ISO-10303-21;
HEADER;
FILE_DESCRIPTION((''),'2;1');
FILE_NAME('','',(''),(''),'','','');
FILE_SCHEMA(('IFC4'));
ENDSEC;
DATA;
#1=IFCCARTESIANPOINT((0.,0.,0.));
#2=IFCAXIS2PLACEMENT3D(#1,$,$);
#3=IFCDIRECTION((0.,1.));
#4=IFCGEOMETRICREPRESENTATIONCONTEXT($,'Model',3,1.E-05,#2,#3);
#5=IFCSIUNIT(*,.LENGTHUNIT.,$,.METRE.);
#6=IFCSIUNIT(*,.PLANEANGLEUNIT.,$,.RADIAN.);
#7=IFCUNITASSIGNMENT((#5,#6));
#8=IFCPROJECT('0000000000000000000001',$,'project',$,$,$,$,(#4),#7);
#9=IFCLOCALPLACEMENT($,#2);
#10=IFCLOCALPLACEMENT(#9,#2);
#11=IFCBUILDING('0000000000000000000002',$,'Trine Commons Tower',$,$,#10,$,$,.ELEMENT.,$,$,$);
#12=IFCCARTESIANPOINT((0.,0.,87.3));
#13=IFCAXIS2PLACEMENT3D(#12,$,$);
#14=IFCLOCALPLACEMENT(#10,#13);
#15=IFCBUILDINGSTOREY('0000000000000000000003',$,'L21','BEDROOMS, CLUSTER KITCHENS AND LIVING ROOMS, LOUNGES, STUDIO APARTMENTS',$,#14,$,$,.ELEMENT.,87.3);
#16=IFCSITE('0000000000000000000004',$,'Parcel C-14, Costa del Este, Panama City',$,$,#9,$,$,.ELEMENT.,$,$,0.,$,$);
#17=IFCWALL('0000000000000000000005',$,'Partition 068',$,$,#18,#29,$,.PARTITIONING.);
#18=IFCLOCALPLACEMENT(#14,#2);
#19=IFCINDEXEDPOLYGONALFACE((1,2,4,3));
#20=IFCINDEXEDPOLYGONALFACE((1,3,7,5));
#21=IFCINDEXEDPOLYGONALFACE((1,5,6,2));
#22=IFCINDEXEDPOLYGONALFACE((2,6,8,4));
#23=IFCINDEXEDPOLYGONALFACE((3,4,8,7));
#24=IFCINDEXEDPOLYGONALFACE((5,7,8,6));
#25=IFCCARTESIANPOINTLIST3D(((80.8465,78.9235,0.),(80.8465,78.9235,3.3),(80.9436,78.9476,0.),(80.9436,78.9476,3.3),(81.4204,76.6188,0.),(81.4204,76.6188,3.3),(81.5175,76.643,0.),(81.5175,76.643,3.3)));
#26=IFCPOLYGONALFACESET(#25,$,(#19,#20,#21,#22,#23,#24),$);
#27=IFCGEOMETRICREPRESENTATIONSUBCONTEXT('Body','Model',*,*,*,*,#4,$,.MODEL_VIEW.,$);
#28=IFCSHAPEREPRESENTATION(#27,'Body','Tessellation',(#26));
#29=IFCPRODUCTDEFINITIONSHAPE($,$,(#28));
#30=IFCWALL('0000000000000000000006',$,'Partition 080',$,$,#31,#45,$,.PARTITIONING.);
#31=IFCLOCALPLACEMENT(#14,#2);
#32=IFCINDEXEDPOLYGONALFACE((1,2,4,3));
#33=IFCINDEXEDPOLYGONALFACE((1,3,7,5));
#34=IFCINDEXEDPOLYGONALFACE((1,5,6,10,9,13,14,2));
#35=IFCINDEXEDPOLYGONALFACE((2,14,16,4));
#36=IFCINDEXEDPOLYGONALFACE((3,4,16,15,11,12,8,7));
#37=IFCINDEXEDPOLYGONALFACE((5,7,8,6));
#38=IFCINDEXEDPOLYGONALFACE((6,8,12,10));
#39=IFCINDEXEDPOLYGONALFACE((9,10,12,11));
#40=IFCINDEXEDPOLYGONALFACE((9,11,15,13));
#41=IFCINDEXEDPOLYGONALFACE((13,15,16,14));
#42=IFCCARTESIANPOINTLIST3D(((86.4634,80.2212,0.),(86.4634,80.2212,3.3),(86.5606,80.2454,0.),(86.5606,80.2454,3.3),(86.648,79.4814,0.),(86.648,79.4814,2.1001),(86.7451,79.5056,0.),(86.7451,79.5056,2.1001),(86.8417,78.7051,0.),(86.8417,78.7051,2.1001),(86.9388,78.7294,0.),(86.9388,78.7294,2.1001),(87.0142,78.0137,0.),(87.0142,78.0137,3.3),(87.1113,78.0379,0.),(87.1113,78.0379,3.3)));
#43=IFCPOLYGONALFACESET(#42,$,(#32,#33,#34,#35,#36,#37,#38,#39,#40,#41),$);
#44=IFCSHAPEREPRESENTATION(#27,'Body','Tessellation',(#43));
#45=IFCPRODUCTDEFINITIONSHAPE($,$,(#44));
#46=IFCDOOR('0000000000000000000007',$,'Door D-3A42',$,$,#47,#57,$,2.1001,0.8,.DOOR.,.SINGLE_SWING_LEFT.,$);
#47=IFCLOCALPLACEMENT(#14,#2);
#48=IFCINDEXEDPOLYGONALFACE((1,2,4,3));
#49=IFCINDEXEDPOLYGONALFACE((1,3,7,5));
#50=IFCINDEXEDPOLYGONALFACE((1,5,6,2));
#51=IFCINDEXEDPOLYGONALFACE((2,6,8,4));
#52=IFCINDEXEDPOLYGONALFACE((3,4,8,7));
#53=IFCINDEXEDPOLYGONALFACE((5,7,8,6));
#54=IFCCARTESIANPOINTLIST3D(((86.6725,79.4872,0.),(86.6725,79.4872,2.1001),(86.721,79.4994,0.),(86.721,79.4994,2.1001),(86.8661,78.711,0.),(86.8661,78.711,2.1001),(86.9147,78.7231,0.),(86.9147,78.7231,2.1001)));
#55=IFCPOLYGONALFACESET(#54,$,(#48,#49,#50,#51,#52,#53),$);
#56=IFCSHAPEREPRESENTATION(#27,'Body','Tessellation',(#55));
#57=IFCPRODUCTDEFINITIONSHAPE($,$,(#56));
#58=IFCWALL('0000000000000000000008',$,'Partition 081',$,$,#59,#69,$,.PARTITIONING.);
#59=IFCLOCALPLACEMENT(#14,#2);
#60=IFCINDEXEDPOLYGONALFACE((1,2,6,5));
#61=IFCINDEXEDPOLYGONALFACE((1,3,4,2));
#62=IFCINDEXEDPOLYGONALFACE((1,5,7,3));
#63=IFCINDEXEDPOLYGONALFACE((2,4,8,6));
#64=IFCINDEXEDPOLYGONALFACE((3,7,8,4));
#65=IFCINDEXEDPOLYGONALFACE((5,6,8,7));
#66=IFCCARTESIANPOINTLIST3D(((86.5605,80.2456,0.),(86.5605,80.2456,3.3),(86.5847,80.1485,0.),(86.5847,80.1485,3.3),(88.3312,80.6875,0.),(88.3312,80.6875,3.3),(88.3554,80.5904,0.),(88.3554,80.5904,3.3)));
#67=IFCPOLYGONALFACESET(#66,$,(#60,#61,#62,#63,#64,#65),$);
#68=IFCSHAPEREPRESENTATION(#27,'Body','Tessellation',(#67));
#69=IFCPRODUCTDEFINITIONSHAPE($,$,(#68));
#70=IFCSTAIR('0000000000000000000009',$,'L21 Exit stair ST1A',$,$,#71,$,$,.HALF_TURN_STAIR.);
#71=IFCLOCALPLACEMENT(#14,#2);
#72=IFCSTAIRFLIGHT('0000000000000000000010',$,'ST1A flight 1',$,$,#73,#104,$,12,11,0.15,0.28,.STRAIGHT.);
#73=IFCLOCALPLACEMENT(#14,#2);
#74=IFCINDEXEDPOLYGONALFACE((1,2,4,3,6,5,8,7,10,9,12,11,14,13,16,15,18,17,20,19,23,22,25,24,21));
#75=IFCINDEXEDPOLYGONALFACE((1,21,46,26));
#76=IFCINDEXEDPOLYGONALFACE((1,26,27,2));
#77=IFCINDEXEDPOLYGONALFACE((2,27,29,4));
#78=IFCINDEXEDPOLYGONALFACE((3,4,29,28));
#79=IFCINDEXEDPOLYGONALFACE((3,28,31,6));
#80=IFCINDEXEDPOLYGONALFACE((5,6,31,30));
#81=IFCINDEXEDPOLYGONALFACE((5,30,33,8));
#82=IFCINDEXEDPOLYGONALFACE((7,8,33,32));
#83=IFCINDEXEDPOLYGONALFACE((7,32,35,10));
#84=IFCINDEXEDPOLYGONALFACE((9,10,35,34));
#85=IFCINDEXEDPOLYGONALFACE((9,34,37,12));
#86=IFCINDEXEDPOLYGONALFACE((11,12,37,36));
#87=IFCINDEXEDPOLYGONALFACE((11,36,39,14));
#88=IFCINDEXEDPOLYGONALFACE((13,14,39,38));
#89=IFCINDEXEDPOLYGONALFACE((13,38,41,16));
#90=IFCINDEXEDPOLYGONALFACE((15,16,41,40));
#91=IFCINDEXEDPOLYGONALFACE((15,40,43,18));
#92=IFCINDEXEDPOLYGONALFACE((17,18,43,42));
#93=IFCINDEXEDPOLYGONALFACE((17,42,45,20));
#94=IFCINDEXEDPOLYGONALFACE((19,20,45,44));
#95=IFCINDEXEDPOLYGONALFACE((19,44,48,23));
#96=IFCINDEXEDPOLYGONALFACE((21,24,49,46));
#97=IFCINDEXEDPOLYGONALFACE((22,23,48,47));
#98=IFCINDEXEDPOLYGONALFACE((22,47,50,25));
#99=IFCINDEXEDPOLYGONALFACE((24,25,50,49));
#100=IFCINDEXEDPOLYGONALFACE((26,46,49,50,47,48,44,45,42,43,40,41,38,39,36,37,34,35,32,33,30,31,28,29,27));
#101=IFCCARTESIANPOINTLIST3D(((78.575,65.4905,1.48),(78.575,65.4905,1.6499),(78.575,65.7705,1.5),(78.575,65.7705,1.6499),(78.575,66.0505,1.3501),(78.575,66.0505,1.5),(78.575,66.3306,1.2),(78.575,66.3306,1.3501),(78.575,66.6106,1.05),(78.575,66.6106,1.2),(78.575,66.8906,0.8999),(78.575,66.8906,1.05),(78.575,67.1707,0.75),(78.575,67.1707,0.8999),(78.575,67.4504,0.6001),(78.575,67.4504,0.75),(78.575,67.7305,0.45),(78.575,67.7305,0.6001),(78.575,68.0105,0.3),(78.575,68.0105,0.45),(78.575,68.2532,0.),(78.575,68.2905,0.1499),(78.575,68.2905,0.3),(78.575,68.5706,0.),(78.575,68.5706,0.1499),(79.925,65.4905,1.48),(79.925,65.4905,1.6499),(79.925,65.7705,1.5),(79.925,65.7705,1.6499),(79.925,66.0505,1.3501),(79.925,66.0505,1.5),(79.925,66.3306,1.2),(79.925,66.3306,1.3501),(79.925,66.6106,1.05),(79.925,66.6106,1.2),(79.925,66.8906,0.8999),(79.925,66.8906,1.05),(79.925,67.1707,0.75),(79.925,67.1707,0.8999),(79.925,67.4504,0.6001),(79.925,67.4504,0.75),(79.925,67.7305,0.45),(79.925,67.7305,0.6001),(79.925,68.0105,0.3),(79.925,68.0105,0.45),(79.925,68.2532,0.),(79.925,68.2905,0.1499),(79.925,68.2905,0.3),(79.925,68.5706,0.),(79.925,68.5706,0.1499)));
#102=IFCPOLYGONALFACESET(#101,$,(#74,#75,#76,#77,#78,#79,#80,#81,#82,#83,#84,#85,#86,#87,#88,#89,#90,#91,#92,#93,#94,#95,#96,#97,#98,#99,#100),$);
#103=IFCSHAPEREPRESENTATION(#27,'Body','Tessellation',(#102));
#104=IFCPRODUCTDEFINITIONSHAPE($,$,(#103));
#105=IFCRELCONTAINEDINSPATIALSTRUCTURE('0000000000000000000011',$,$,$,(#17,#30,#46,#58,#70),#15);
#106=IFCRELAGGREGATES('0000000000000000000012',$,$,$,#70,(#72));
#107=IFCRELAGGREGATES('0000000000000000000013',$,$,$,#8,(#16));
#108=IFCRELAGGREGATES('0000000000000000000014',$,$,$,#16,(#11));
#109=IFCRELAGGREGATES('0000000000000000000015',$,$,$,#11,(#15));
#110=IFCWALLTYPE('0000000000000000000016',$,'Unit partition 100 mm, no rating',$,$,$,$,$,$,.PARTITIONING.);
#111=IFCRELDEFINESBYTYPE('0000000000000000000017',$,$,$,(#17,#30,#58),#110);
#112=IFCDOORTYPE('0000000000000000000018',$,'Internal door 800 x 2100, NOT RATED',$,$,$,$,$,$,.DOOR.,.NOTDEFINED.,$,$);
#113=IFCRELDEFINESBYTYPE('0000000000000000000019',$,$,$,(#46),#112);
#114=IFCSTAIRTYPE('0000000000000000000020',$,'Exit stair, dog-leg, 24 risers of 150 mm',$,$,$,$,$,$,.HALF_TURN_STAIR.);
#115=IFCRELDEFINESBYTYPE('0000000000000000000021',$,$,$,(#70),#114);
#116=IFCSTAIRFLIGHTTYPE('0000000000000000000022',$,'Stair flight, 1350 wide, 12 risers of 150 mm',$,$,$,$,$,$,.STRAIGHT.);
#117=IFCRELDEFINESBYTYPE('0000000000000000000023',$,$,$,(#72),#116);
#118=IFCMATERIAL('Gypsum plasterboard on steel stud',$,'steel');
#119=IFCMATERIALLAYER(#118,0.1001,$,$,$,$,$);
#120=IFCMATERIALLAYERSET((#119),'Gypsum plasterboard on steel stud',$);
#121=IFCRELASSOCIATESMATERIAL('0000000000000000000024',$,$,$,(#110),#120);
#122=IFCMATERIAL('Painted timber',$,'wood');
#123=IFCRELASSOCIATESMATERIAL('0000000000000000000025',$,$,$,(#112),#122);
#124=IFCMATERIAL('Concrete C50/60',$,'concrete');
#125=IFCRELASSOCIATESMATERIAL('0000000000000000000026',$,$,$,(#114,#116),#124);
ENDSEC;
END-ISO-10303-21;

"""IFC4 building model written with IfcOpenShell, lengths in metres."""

from ifc_helpers import new_model, si_unit, direction, frame, frame_2d, origin, place, context, subcontext, project, spatial, polyline, rectangle, outline, extrude, material, layer, layer_set, type_object, element, fill, aggregate, save


model = new_model("IFC4")

# Units and contexts
model_context = context("Model", 3, precision=1e-05, world=origin(), true_north=direction((0.0, 1.0)))
body_context = subcontext(model_context, "Body", "Model", "MODEL_VIEW")
ifc_project = project(units=[si_unit("LENGTHUNIT", "METRE"), si_unit("PLANEANGLEUNIT", "RADIAN")], contexts=[model_context])

# Site, building, storey
site_placement = place(None, origin())
site = spatial("IfcSite", under=ifc_project, at=site_placement, Name="Parcel C-14, Costa del Este, Panama City", CompositionType="ELEMENT", RefElevation=0.0)
building_placement = place(site_placement, origin())
building = spatial("IfcBuilding", under=site, at=building_placement, Name="Trine Commons Tower", CompositionType="ELEMENT")
storey_placement = place(building_placement, frame((0.0, 0.0, 87.3)))
storey = spatial("IfcBuildingStorey", under=building, at=storey_placement, Name="L21", Description="BEDROOMS, CLUSTER KITCHENS AND LIVING ROOMS, LOUNGES, STUDIO APARTMENTS", CompositionType="ELEMENT", Elevation=87.3)

# Shared definitions
ifc_material_1 = material(Name="Gypsum plasterboard on steel stud", Category="steel")

# Shared definitions
ifc_layer_1 = layer(ifc_material_1, 0.1001)
ifc_layer_set_1 = layer_set([ifc_layer_1], Name="Gypsum plasterboard on steel stud")
wall_type_1 = type_object("IfcWallType", Name="Unit partition 100 mm, no rating", PredefinedType="PARTITIONING", material=ifc_layer_set_1)
ifc_material_2 = material(Name="Painted timber", Category="wood")

# Wall
wall_1_placement = place(storey_placement, frame((80.895, 78.9355, 0.0), z_axis=(0.0, 0.0, 1.0), x_axis=(0.241665, -0.97036, 0.0)))
element("IfcWall", 1, at=wall_1_placement, inside=storey, type_object=wall_type_1, Name="Partition 068", PredefinedType="PARTITIONING", context=body_context, shape_type="SweptSolid", body=[
    extrude(rectangle(XDim=2.375, YDim=0.1001, at=frame_2d((1.1875, 0.0))), origin(), (0.0, 0.0, 1.0), 3.3),
])

# Wall, opening, door
wall_2_placement = place(storey_placement, frame((86.512, 80.2334, 0.0), z_axis=(0.0, 0.0, 1.0), x_axis=(0.242081, -0.970256, 0.0)))
wall_2 = element("IfcWall", 2, at=wall_2_placement, inside=storey, type_object=wall_type_1, Name="Partition 080", PredefinedType="PARTITIONING", context=body_context, shape_type="SweptSolid", body=[
    extrude(rectangle(XDim=2.2751, YDim=0.1001, at=frame_2d((1.1377, 0.0))), origin(), (0.0, 0.0, 1.0), 3.3),
])
opening_1_placement = place(wall_2_placement, frame((0.7627, 0.0, 0.0)))
opening_1 = element("IfcOpeningElement", 3, at=opening_1_placement, cuts=wall_2, PredefinedType="OPENING", context=body_context, shape_type="SweptSolid", body=[
    extrude(rectangle(XDim=0.8, YDim=2.1001, at=frame_2d((0.3999, 1.05))), frame((0.0, 0.0601, 0.0), z_axis=(0.0, -1.0, 0.0), x_axis=(1.0, 0.0, 0.0)), (0.0, 0.0, 1.0), 0.1201),
])
door_type_1 = type_object("IfcDoorType", Name="Internal door 800 x 2100, NOT RATED", OperationType="NOTDEFINED", PredefinedType="DOOR", material=ifc_material_2)
door_1_placement = place(opening_1_placement, frame((0.8, 0.0, 0.0), z_axis=(0.0, 0.0, 1.0), x_axis=(-1.0, 0.0, 0.0)))
door_1 = element("IfcDoor", 4, at=door_1_placement, inside=storey, type_object=door_type_1, Name="Door D-3A42", OperationType="SINGLE_SWING_LEFT", OverallHeight=2.1001, OverallWidth=0.8, PredefinedType="DOOR", context=body_context, shape_type="SweptSolid", body=[
    extrude(rectangle(XDim=0.8, YDim=2.1001, at=frame_2d((0.3999, 1.05))), frame((0.0, 0.0249, 0.0), z_axis=(0.0, -1.0, 0.0), x_axis=(1.0, 0.0, 0.0)), (0.0, 0.0, 1.0), 0.05),
])
fill(opening_1, door_1)

# Wall
wall_3_placement = place(storey_placement, frame((86.5725, 80.197, 0.0), z_axis=(0.0, 0.0, 1.0), x_axis=(0.970245, 0.242126, 0.0)))
element("IfcWall", 5, at=wall_3_placement, inside=storey, type_object=wall_type_1, Name="Partition 081", PredefinedType="PARTITIONING", context=body_context, shape_type="SweptSolid", body=[
    extrude(rectangle(XDim=1.825, YDim=0.1001, at=frame_2d((0.9126, 0.0))), origin(), (0.0, 0.0, 1.0), 3.3),
])

# Stair, stair flight
ifc_material_3 = material(Name="Concrete C50/60", Category="concrete")
stair_type = type_object("IfcStairType", Name="Exit stair, dog-leg, 24 risers of 150 mm", PredefinedType="HALF_TURN_STAIR", material=ifc_material_3)
stair_placement = place(storey_placement, origin())
stair = element("IfcStair", 6, at=stair_placement, inside=storey, type_object=stair_type, Name="L21 Exit stair ST1A", PredefinedType="HALF_TURN_STAIR")
stair_flight_type = type_object("IfcStairFlightType", Name="Stair flight, 1350 wide, 12 risers of 150 mm", PredefinedType="STRAIGHT", material=ifc_material_3)
stair_flight_placement = place(storey_placement, frame((79.25, 68.5706, 0.0), z_axis=(0.0, 0.0, 1.0), x_axis=(0.0, -1.0, 0.0)))
stair_flight = element("IfcStairFlight", 7, at=stair_flight_placement, type_object=stair_flight_type, Name="ST1A flight 1", NumberOfRisers=12, NumberOfTreads=11, PredefinedType="STRAIGHT", RiserHeight=0.15, TreadLength=0.28, context=body_context, shape_type="SweptSolid", body=[
    extrude(outline(polyline([(0.0, 0.0), (0.0, 0.1499), (0.28, 0.1499), (0.28, 0.3), (0.5601, 0.3), (0.5601, 0.45), (0.8401, 0.45), (0.8401, 0.6001), (1.1201, 0.6001), (1.1201, 0.75), (1.3999, 0.75), (1.3999, 0.8999), (1.6799, 0.8999), (1.6799, 1.05), (1.96, 1.05), (1.96, 1.2), (2.24, 1.2), (2.24, 1.3501), (2.52, 1.3501), (2.52, 1.5), (2.8, 1.5), (2.8, 1.6499), (3.0801, 1.6499), (3.0801, 1.8), (3.0801, 1.48), (0.3174, 0.0), (0.0, 0.0)])), frame((0.0, 0.675, 0.0), z_axis=(0.0, -1.0, 0.0), x_axis=(1.0, 0.0, 0.0)), (0.0, 0.0, 1.0), 1.3501),
])
aggregate(stair, [stair_flight])

save(model, "model.ifc")
